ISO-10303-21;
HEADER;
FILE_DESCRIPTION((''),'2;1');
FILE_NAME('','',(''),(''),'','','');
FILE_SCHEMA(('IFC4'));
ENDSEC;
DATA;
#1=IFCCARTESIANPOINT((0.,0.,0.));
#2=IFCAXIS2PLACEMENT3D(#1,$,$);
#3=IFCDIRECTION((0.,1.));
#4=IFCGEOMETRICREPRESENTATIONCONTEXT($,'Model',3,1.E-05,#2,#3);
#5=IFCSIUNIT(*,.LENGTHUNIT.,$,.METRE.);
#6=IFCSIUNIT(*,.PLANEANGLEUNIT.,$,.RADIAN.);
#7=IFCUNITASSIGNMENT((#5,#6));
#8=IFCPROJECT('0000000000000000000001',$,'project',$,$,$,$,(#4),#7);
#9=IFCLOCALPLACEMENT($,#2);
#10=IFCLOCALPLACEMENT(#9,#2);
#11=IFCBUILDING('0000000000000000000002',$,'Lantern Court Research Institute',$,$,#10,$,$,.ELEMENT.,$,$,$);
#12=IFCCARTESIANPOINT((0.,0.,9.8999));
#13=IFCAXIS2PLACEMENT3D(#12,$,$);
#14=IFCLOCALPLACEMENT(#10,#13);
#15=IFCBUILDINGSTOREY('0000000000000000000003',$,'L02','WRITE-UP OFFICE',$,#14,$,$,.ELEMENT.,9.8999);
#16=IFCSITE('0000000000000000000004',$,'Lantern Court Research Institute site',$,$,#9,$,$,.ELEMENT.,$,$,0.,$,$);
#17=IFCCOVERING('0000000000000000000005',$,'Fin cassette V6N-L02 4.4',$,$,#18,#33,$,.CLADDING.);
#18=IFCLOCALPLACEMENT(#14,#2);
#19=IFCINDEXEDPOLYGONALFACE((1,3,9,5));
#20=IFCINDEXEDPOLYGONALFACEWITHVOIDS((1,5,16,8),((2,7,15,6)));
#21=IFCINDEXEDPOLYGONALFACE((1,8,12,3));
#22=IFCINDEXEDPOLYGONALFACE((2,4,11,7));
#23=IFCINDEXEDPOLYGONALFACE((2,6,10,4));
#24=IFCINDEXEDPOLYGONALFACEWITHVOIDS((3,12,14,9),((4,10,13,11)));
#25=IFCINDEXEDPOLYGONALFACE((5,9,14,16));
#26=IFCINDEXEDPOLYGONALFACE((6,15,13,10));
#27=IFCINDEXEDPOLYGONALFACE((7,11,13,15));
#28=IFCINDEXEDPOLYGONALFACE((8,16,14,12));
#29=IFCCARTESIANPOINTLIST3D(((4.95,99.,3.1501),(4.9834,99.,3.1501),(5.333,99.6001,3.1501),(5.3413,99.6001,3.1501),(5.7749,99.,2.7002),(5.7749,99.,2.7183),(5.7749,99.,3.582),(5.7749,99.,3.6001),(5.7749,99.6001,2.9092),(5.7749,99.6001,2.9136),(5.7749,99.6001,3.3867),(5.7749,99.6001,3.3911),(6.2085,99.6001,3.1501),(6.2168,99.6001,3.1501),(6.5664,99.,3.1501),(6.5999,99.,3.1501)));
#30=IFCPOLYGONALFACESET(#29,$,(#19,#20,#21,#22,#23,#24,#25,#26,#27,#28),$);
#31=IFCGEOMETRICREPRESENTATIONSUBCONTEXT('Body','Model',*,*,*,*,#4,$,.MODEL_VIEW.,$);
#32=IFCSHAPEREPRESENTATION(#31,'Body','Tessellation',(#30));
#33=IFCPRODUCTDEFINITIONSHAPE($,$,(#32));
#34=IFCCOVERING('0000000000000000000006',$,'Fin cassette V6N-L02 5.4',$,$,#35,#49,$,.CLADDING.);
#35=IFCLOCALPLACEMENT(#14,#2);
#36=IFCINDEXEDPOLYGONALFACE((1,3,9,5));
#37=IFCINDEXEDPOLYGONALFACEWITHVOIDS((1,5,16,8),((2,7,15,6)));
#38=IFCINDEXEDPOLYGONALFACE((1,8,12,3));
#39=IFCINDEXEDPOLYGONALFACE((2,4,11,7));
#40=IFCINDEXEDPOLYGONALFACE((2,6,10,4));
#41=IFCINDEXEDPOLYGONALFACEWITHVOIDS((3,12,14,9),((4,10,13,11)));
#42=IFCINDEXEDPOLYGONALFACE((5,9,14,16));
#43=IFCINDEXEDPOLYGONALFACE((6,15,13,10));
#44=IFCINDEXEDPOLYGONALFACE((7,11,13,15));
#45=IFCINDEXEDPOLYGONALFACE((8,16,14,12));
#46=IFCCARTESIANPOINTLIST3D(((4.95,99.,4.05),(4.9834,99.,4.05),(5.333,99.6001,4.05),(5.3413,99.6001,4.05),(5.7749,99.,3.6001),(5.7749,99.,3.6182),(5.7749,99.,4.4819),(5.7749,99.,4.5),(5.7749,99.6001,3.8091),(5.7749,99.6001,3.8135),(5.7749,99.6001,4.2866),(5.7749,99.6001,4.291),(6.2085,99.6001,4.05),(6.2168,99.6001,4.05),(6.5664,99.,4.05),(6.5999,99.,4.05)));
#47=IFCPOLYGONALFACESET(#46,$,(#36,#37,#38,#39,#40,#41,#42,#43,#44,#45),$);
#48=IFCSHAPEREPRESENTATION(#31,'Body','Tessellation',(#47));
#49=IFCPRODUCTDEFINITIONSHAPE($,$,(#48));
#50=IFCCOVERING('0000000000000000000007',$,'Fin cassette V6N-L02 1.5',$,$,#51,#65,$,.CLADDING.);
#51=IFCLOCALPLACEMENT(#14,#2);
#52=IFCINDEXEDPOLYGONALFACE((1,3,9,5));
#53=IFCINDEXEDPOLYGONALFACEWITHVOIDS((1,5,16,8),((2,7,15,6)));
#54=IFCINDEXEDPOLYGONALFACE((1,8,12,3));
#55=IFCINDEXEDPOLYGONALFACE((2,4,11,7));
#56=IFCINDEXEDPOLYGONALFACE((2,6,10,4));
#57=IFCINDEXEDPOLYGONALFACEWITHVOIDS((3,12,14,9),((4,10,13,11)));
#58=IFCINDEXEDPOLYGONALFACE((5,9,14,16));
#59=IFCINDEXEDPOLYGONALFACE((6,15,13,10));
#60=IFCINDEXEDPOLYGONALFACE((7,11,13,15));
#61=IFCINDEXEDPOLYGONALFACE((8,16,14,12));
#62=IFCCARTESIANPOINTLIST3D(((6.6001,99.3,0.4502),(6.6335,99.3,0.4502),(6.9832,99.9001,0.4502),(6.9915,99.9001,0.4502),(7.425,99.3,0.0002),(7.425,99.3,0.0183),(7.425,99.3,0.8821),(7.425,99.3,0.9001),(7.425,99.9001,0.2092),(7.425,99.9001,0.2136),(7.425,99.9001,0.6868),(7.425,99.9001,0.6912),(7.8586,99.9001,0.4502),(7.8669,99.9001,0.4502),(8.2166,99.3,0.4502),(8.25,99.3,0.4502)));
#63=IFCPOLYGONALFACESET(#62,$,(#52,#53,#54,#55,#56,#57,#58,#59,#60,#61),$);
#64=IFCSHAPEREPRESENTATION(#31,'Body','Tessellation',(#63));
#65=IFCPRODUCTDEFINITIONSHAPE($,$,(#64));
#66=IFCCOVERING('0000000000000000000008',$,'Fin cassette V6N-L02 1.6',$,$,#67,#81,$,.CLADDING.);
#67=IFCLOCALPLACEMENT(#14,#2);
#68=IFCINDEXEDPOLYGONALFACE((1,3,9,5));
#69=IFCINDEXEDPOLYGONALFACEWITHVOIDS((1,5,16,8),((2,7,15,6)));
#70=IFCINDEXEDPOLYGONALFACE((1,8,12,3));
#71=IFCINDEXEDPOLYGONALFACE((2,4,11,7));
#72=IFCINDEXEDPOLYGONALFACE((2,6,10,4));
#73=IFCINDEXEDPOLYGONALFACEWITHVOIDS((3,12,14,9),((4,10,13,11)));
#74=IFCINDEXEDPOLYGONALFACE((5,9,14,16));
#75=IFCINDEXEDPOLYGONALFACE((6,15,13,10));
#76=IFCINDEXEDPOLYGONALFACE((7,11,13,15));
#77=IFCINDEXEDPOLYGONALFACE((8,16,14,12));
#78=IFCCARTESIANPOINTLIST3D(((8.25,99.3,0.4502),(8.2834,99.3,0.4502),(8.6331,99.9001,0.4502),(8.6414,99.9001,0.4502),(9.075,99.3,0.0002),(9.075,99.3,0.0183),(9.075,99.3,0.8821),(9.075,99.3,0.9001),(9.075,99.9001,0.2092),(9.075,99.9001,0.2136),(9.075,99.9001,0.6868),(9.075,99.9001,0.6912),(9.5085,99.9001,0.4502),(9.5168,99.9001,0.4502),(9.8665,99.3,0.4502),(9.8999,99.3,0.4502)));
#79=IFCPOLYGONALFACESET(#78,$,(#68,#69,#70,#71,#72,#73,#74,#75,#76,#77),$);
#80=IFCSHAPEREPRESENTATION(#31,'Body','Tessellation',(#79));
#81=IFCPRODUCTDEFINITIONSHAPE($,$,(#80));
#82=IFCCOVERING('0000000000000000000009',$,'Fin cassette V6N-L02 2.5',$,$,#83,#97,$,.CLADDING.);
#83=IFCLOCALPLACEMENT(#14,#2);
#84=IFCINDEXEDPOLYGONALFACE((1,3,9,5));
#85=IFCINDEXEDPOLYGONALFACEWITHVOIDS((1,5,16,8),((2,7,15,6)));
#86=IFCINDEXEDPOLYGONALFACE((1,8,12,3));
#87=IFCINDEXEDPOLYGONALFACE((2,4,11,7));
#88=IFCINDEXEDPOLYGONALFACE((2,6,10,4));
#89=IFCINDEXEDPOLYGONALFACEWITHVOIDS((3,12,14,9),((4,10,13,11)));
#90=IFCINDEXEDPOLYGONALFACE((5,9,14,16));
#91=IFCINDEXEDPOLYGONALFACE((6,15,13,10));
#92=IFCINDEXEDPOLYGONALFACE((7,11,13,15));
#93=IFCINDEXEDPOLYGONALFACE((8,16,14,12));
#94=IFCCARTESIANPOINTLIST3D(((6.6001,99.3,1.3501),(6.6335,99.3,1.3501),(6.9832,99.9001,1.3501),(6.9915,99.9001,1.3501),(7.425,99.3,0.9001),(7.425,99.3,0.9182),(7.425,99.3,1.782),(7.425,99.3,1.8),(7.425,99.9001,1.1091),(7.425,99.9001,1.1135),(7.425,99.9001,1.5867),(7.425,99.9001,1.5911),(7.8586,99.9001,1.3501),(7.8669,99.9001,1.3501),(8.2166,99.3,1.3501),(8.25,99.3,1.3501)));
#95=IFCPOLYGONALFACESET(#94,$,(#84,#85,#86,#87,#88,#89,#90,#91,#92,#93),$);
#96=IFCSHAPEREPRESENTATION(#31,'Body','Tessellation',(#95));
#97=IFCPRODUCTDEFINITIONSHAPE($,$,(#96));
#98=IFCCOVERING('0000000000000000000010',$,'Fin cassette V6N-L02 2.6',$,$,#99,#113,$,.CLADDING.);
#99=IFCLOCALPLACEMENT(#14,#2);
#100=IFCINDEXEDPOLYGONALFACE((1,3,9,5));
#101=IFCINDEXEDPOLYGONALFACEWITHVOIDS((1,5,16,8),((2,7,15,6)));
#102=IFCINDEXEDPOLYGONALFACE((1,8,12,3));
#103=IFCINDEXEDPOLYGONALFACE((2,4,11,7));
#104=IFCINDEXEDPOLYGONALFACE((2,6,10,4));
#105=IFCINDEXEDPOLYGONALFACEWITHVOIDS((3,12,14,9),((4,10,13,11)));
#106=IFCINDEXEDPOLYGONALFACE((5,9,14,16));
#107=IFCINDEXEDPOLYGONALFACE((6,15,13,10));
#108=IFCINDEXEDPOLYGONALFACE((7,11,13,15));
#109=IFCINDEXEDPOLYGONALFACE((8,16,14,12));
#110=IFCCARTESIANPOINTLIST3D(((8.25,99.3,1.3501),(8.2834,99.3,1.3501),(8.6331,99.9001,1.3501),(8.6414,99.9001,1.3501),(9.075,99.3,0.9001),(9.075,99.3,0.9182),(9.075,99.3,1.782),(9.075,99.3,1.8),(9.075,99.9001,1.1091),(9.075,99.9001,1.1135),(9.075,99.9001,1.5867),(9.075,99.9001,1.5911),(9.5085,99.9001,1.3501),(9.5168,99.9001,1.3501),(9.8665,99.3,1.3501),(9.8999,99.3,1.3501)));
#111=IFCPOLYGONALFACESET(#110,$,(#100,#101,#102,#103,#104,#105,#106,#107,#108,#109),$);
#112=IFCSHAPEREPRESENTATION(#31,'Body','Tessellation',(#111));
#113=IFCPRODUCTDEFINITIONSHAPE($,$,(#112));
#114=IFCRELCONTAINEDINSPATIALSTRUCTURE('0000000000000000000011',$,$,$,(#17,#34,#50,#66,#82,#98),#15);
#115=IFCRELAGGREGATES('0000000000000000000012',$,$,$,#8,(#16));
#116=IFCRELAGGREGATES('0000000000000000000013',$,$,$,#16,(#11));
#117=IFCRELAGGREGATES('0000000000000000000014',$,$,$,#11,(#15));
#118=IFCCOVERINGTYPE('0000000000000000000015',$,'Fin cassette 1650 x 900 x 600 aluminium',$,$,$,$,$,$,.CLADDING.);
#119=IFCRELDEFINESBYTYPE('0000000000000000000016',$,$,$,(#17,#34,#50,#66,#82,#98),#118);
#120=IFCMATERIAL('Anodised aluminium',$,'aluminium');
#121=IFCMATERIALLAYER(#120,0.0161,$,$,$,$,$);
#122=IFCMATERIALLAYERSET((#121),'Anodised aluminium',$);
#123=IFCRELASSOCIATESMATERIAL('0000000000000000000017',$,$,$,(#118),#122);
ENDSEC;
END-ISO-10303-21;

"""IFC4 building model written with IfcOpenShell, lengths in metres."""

from ifc_helpers import new_model, entity, si_unit, direction, frame, origin, place, context, subcontext, project, spatial, material, layer, layer_set, type_object, element, save


model = new_model("IFC4")

# Units and contexts
model_context = context("Model", 3, precision=1e-05, world=origin(), true_north=direction((0.0, 1.0)))
body_context = subcontext(model_context, "Body", "Model", "MODEL_VIEW")
ifc_project = project(units=[si_unit("LENGTHUNIT", "METRE"), si_unit("PLANEANGLEUNIT", "RADIAN")], contexts=[model_context])

# Site, building, storey
site_placement = place(None, origin())
site = spatial("IfcSite", under=ifc_project, at=site_placement, Name="Lantern Court Research Institute site", CompositionType="ELEMENT", RefElevation=0.0)
building_placement = place(site_placement, origin())
building = spatial("IfcBuilding", under=site, at=building_placement, Name="Lantern Court Research Institute", CompositionType="ELEMENT")
storey_placement = place(building_placement, frame((0.0, 0.0, 9.8999)))
storey = spatial("IfcBuildingStorey", under=building, at=storey_placement, Name="L02", Description="WRITE-UP OFFICE", CompositionType="ELEMENT", Elevation=9.8999)

# Coverings
ifc_material_1 = material(Name="Anodised aluminium", Category="aluminium")
ifc_layer_1 = layer(ifc_material_1, 0.0161)
ifc_layer_set_1 = layer_set([ifc_layer_1], Name="Anodised aluminium")
covering_type_1 = type_object("IfcCoveringType", Name="Fin cassette 1650 x 900 x 600 aluminium", PredefinedType="CLADDING", material=ifc_layer_set_1)
covering_1_placement = place(storey_placement, frame((5.7749, 99.0, 3.1501), z_axis=(0.0, 1.0, 0.0), x_axis=(-1.0, 0.0, 0.0)))
cartesian_point_1 = entity("IfcCartesianPoint", [0.825, 0.0])
cartesian_point_2 = entity("IfcCartesianPoint", [0.7915, 0.0])
cartesian_point_3 = entity("IfcCartesianPoint", [0.4419, 0.0])
cartesian_point_4 = entity("IfcCartesianPoint", [0.4336, 0.0])
element("IfcCovering", 1, at=covering_1_placement, inside=storey, type_object=covering_type_1, Name="Fin cassette V6N-L02 4.4", PredefinedType="CLADDING", context=body_context, shape_type="SweptSolid", body=[
    entity("IfcExtrudedAreaSolidTapered", entity("IfcArbitraryProfileDefWithVoids", "AREA", None, entity("IfcPolyline", [cartesian_point_1, entity("IfcCartesianPoint", [0.0, 0.45]), entity("IfcCartesianPoint", [-0.825, 0.0]), entity("IfcCartesianPoint", [0.0, -0.45]), cartesian_point_1]), [entity("IfcPolyline", [cartesian_point_2, entity("IfcCartesianPoint", [0.0, 0.4319]), entity("IfcCartesianPoint", [-0.7915, 0.0]), entity("IfcCartesianPoint", [0.0, -0.4319]), cartesian_point_2])]), entity("IfcAxis2Placement3D", entity("IfcCartesianPoint", [0.0, 0.0, 0.0])), entity("IfcDirection", [0.0, 0.0, 1.0]), 0.6001, entity("IfcArbitraryProfileDefWithVoids", "AREA", None, entity("IfcPolyline", [cartesian_point_3, entity("IfcCartesianPoint", [0.0, 0.241]), entity("IfcCartesianPoint", [-0.4419, 0.0]), entity("IfcCartesianPoint", [0.0, -0.241]), cartesian_point_3]), [entity("IfcPolyline", [cartesian_point_4, entity("IfcCartesianPoint", [0.0, 0.2366]), entity("IfcCartesianPoint", [-0.4336, 0.0]), entity("IfcCartesianPoint", [0.0, -0.2366]), cartesian_point_4])])),
])
covering_2_placement = place(storey_placement, frame((5.7749, 99.0, 4.05), z_axis=(0.0, 1.0, 0.0), x_axis=(-1.0, 0.0, 0.0)))
cartesian_point_5 = entity("IfcCartesianPoint", [0.825, 0.0])
cartesian_point_6 = entity("IfcCartesianPoint", [0.7915, 0.0])
cartesian_point_7 = entity("IfcCartesianPoint", [0.4419, 0.0])
cartesian_point_8 = entity("IfcCartesianPoint", [0.4336, 0.0])
element("IfcCovering", 2, at=covering_2_placement, inside=storey, type_object=covering_type_1, Name="Fin cassette V6N-L02 5.4", PredefinedType="CLADDING", context=body_context, shape_type="SweptSolid", body=[
    entity("IfcExtrudedAreaSolidTapered", entity("IfcArbitraryProfileDefWithVoids", "AREA", None, entity("IfcPolyline", [cartesian_point_5, entity("IfcCartesianPoint", [0.0, 0.45]), entity("IfcCartesianPoint", [-0.825, 0.0]), entity("IfcCartesianPoint", [0.0, -0.45]), cartesian_point_5]), [entity("IfcPolyline", [cartesian_point_6, entity("IfcCartesianPoint", [0.0, 0.4319]), entity("IfcCartesianPoint", [-0.7915, 0.0]), entity("IfcCartesianPoint", [0.0, -0.4319]), cartesian_point_6])]), entity("IfcAxis2Placement3D", entity("IfcCartesianPoint", [0.0, 0.0, 0.0])), entity("IfcDirection", [0.0, 0.0, 1.0]), 0.6001, entity("IfcArbitraryProfileDefWithVoids", "AREA", None, entity("IfcPolyline", [cartesian_point_7, entity("IfcCartesianPoint", [0.0, 0.241]), entity("IfcCartesianPoint", [-0.4419, 0.0]), entity("IfcCartesianPoint", [0.0, -0.241]), cartesian_point_7]), [entity("IfcPolyline", [cartesian_point_8, entity("IfcCartesianPoint", [0.0, 0.2366]), entity("IfcCartesianPoint", [-0.4336, 0.0]), entity("IfcCartesianPoint", [0.0, -0.2366]), cartesian_point_8])])),
])
covering_3_placement = place(storey_placement, frame((7.425, 99.3, 0.4502), z_axis=(0.0, 1.0, 0.0), x_axis=(-1.0, 0.0, 0.0)))
cartesian_point_9 = entity("IfcCartesianPoint", [0.825, 0.0])
cartesian_point_10 = entity("IfcCartesianPoint", [0.7915, 0.0])
cartesian_point_11 = entity("IfcCartesianPoint", [0.4419, 0.0])
cartesian_point_12 = entity("IfcCartesianPoint", [0.4336, 0.0])
element("IfcCovering", 3, at=covering_3_placement, inside=storey, type_object=covering_type_1, Name="Fin cassette V6N-L02 1.5", PredefinedType="CLADDING", context=body_context, shape_type="SweptSolid", body=[
    entity("IfcExtrudedAreaSolidTapered", entity("IfcArbitraryProfileDefWithVoids", "AREA", None, entity("IfcPolyline", [cartesian_point_9, entity("IfcCartesianPoint", [0.0, 0.45]), entity("IfcCartesianPoint", [-0.825, 0.0]), entity("IfcCartesianPoint", [0.0, -0.45]), cartesian_point_9]), [entity("IfcPolyline", [cartesian_point_10, entity("IfcCartesianPoint", [0.0, 0.4319]), entity("IfcCartesianPoint", [-0.7915, 0.0]), entity("IfcCartesianPoint", [0.0, -0.4319]), cartesian_point_10])]), entity("IfcAxis2Placement3D", entity("IfcCartesianPoint", [0.0, 0.0, 0.0])), entity("IfcDirection", [0.0, 0.0, 1.0]), 0.6001, entity("IfcArbitraryProfileDefWithVoids", "AREA", None, entity("IfcPolyline", [cartesian_point_11, entity("IfcCartesianPoint", [0.0, 0.241]), entity("IfcCartesianPoint", [-0.4419, 0.0]), entity("IfcCartesianPoint", [0.0, -0.241]), cartesian_point_11]), [entity("IfcPolyline", [cartesian_point_12, entity("IfcCartesianPoint", [0.0, 0.2366]), entity("IfcCartesianPoint", [-0.4336, 0.0]), entity("IfcCartesianPoint", [0.0, -0.2366]), cartesian_point_12])])),
])
covering_4_placement = place(storey_placement, frame((9.075, 99.3, 0.4502), z_axis=(0.0, 1.0, 0.0), x_axis=(-1.0, 0.0, 0.0)))
cartesian_point_13 = entity("IfcCartesianPoint", [0.825, 0.0])
cartesian_point_14 = entity("IfcCartesianPoint", [0.7915, 0.0])
cartesian_point_15 = entity("IfcCartesianPoint", [0.4419, 0.0])
cartesian_point_16 = entity("IfcCartesianPoint", [0.4336, 0.0])
element("IfcCovering", 4, at=covering_4_placement, inside=storey, type_object=covering_type_1, Name="Fin cassette V6N-L02 1.6", PredefinedType="CLADDING", context=body_context, shape_type="SweptSolid", body=[
    entity("IfcExtrudedAreaSolidTapered", entity("IfcArbitraryProfileDefWithVoids", "AREA", None, entity("IfcPolyline", [cartesian_point_13, entity("IfcCartesianPoint", [0.0, 0.45]), entity("IfcCartesianPoint", [-0.825, 0.0]), entity("IfcCartesianPoint", [0.0, -0.45]), cartesian_point_13]), [entity("IfcPolyline", [cartesian_point_14, entity("IfcCartesianPoint", [0.0, 0.4319]), entity("IfcCartesianPoint", [-0.7915, 0.0]), entity("IfcCartesianPoint", [0.0, -0.4319]), cartesian_point_14])]), entity("IfcAxis2Placement3D", entity("IfcCartesianPoint", [0.0, 0.0, 0.0])), entity("IfcDirection", [0.0, 0.0, 1.0]), 0.6001, entity("IfcArbitraryProfileDefWithVoids", "AREA", None, entity("IfcPolyline", [cartesian_point_15, entity("IfcCartesianPoint", [0.0, 0.241]), entity("IfcCartesianPoint", [-0.4419, 0.0]), entity("IfcCartesianPoint", [0.0, -0.241]), cartesian_point_15]), [entity("IfcPolyline", [cartesian_point_16, entity("IfcCartesianPoint", [0.0, 0.2366]), entity("IfcCartesianPoint", [-0.4336, 0.0]), entity("IfcCartesianPoint", [0.0, -0.2366]), cartesian_point_16])])),
])
covering_5_placement = place(storey_placement, frame((7.425, 99.3, 1.3501), z_axis=(0.0, 1.0, 0.0), x_axis=(-1.0, 0.0, 0.0)))
cartesian_point_17 = entity("IfcCartesianPoint", [0.825, 0.0])
cartesian_point_18 = entity("IfcCartesianPoint", [0.7915, 0.0])
cartesian_point_19 = entity("IfcCartesianPoint", [0.4419, 0.0])
cartesian_point_20 = entity("IfcCartesianPoint", [0.4336, 0.0])
element("IfcCovering", 5, at=covering_5_placement, inside=storey, type_object=covering_type_1, Name="Fin cassette V6N-L02 2.5", PredefinedType="CLADDING", context=body_context, shape_type="SweptSolid", body=[
    entity("IfcExtrudedAreaSolidTapered", entity("IfcArbitraryProfileDefWithVoids", "AREA", None, entity("IfcPolyline", [cartesian_point_17, entity("IfcCartesianPoint", [0.0, 0.45]), entity("IfcCartesianPoint", [-0.825, 0.0]), entity("IfcCartesianPoint", [0.0, -0.45]), cartesian_point_17]), [entity("IfcPolyline", [cartesian_point_18, entity("IfcCartesianPoint", [0.0, 0.4319]), entity("IfcCartesianPoint", [-0.7915, 0.0]), entity("IfcCartesianPoint", [0.0, -0.4319]), cartesian_point_18])]), entity("IfcAxis2Placement3D", entity("IfcCartesianPoint", [0.0, 0.0, 0.0])), entity("IfcDirection", [0.0, 0.0, 1.0]), 0.6001, entity("IfcArbitraryProfileDefWithVoids", "AREA", None, entity("IfcPolyline", [cartesian_point_19, entity("IfcCartesianPoint", [0.0, 0.241]), entity("IfcCartesianPoint", [-0.4419, 0.0]), entity("IfcCartesianPoint", [0.0, -0.241]), cartesian_point_19]), [entity("IfcPolyline", [cartesian_point_20, entity("IfcCartesianPoint", [0.0, 0.2366]), entity("IfcCartesianPoint", [-0.4336, 0.0]), entity("IfcCartesianPoint", [0.0, -0.2366]), cartesian_point_20])])),
])
covering_6_placement = place(storey_placement, frame((9.075, 99.3, 1.3501), z_axis=(0.0, 1.0, 0.0), x_axis=(-1.0, 0.0, 0.0)))
cartesian_point_21 = entity("IfcCartesianPoint", [0.825, 0.0])
cartesian_point_22 = entity("IfcCartesianPoint", [0.7915, 0.0])
cartesian_point_23 = entity("IfcCartesianPoint", [0.4419, 0.0])
cartesian_point_24 = entity("IfcCartesianPoint", [0.4336, 0.0])
element("IfcCovering", 6, at=covering_6_placement, inside=storey, type_object=covering_type_1, Name="Fin cassette V6N-L02 2.6", PredefinedType="CLADDING", context=body_context, shape_type="SweptSolid", body=[
    entity("IfcExtrudedAreaSolidTapered", entity("IfcArbitraryProfileDefWithVoids", "AREA", None, entity("IfcPolyline", [cartesian_point_21, entity("IfcCartesianPoint", [0.0, 0.45]), entity("IfcCartesianPoint", [-0.825, 0.0]), entity("IfcCartesianPoint", [0.0, -0.45]), cartesian_point_21]), [entity("IfcPolyline", [cartesian_point_22, entity("IfcCartesianPoint", [0.0, 0.4319]), entity("IfcCartesianPoint", [-0.7915, 0.0]), entity("IfcCartesianPoint", [0.0, -0.4319]), cartesian_point_22])]), entity("IfcAxis2Placement3D", entity("IfcCartesianPoint", [0.0, 0.0, 0.0])), entity("IfcDirection", [0.0, 0.0, 1.0]), 0.6001, entity("IfcArbitraryProfileDefWithVoids", "AREA", None, entity("IfcPolyline", [cartesian_point_23, entity("IfcCartesianPoint", [0.0, 0.241]), entity("IfcCartesianPoint", [-0.4419, 0.0]), entity("IfcCartesianPoint", [0.0, -0.241]), cartesian_point_23]), [entity("IfcPolyline", [cartesian_point_24, entity("IfcCartesianPoint", [0.0, 0.2366]), entity("IfcCartesianPoint", [-0.4336, 0.0]), entity("IfcCartesianPoint", [0.0, -0.2366]), cartesian_point_24])])),
])

save(model, "model.ifc")
